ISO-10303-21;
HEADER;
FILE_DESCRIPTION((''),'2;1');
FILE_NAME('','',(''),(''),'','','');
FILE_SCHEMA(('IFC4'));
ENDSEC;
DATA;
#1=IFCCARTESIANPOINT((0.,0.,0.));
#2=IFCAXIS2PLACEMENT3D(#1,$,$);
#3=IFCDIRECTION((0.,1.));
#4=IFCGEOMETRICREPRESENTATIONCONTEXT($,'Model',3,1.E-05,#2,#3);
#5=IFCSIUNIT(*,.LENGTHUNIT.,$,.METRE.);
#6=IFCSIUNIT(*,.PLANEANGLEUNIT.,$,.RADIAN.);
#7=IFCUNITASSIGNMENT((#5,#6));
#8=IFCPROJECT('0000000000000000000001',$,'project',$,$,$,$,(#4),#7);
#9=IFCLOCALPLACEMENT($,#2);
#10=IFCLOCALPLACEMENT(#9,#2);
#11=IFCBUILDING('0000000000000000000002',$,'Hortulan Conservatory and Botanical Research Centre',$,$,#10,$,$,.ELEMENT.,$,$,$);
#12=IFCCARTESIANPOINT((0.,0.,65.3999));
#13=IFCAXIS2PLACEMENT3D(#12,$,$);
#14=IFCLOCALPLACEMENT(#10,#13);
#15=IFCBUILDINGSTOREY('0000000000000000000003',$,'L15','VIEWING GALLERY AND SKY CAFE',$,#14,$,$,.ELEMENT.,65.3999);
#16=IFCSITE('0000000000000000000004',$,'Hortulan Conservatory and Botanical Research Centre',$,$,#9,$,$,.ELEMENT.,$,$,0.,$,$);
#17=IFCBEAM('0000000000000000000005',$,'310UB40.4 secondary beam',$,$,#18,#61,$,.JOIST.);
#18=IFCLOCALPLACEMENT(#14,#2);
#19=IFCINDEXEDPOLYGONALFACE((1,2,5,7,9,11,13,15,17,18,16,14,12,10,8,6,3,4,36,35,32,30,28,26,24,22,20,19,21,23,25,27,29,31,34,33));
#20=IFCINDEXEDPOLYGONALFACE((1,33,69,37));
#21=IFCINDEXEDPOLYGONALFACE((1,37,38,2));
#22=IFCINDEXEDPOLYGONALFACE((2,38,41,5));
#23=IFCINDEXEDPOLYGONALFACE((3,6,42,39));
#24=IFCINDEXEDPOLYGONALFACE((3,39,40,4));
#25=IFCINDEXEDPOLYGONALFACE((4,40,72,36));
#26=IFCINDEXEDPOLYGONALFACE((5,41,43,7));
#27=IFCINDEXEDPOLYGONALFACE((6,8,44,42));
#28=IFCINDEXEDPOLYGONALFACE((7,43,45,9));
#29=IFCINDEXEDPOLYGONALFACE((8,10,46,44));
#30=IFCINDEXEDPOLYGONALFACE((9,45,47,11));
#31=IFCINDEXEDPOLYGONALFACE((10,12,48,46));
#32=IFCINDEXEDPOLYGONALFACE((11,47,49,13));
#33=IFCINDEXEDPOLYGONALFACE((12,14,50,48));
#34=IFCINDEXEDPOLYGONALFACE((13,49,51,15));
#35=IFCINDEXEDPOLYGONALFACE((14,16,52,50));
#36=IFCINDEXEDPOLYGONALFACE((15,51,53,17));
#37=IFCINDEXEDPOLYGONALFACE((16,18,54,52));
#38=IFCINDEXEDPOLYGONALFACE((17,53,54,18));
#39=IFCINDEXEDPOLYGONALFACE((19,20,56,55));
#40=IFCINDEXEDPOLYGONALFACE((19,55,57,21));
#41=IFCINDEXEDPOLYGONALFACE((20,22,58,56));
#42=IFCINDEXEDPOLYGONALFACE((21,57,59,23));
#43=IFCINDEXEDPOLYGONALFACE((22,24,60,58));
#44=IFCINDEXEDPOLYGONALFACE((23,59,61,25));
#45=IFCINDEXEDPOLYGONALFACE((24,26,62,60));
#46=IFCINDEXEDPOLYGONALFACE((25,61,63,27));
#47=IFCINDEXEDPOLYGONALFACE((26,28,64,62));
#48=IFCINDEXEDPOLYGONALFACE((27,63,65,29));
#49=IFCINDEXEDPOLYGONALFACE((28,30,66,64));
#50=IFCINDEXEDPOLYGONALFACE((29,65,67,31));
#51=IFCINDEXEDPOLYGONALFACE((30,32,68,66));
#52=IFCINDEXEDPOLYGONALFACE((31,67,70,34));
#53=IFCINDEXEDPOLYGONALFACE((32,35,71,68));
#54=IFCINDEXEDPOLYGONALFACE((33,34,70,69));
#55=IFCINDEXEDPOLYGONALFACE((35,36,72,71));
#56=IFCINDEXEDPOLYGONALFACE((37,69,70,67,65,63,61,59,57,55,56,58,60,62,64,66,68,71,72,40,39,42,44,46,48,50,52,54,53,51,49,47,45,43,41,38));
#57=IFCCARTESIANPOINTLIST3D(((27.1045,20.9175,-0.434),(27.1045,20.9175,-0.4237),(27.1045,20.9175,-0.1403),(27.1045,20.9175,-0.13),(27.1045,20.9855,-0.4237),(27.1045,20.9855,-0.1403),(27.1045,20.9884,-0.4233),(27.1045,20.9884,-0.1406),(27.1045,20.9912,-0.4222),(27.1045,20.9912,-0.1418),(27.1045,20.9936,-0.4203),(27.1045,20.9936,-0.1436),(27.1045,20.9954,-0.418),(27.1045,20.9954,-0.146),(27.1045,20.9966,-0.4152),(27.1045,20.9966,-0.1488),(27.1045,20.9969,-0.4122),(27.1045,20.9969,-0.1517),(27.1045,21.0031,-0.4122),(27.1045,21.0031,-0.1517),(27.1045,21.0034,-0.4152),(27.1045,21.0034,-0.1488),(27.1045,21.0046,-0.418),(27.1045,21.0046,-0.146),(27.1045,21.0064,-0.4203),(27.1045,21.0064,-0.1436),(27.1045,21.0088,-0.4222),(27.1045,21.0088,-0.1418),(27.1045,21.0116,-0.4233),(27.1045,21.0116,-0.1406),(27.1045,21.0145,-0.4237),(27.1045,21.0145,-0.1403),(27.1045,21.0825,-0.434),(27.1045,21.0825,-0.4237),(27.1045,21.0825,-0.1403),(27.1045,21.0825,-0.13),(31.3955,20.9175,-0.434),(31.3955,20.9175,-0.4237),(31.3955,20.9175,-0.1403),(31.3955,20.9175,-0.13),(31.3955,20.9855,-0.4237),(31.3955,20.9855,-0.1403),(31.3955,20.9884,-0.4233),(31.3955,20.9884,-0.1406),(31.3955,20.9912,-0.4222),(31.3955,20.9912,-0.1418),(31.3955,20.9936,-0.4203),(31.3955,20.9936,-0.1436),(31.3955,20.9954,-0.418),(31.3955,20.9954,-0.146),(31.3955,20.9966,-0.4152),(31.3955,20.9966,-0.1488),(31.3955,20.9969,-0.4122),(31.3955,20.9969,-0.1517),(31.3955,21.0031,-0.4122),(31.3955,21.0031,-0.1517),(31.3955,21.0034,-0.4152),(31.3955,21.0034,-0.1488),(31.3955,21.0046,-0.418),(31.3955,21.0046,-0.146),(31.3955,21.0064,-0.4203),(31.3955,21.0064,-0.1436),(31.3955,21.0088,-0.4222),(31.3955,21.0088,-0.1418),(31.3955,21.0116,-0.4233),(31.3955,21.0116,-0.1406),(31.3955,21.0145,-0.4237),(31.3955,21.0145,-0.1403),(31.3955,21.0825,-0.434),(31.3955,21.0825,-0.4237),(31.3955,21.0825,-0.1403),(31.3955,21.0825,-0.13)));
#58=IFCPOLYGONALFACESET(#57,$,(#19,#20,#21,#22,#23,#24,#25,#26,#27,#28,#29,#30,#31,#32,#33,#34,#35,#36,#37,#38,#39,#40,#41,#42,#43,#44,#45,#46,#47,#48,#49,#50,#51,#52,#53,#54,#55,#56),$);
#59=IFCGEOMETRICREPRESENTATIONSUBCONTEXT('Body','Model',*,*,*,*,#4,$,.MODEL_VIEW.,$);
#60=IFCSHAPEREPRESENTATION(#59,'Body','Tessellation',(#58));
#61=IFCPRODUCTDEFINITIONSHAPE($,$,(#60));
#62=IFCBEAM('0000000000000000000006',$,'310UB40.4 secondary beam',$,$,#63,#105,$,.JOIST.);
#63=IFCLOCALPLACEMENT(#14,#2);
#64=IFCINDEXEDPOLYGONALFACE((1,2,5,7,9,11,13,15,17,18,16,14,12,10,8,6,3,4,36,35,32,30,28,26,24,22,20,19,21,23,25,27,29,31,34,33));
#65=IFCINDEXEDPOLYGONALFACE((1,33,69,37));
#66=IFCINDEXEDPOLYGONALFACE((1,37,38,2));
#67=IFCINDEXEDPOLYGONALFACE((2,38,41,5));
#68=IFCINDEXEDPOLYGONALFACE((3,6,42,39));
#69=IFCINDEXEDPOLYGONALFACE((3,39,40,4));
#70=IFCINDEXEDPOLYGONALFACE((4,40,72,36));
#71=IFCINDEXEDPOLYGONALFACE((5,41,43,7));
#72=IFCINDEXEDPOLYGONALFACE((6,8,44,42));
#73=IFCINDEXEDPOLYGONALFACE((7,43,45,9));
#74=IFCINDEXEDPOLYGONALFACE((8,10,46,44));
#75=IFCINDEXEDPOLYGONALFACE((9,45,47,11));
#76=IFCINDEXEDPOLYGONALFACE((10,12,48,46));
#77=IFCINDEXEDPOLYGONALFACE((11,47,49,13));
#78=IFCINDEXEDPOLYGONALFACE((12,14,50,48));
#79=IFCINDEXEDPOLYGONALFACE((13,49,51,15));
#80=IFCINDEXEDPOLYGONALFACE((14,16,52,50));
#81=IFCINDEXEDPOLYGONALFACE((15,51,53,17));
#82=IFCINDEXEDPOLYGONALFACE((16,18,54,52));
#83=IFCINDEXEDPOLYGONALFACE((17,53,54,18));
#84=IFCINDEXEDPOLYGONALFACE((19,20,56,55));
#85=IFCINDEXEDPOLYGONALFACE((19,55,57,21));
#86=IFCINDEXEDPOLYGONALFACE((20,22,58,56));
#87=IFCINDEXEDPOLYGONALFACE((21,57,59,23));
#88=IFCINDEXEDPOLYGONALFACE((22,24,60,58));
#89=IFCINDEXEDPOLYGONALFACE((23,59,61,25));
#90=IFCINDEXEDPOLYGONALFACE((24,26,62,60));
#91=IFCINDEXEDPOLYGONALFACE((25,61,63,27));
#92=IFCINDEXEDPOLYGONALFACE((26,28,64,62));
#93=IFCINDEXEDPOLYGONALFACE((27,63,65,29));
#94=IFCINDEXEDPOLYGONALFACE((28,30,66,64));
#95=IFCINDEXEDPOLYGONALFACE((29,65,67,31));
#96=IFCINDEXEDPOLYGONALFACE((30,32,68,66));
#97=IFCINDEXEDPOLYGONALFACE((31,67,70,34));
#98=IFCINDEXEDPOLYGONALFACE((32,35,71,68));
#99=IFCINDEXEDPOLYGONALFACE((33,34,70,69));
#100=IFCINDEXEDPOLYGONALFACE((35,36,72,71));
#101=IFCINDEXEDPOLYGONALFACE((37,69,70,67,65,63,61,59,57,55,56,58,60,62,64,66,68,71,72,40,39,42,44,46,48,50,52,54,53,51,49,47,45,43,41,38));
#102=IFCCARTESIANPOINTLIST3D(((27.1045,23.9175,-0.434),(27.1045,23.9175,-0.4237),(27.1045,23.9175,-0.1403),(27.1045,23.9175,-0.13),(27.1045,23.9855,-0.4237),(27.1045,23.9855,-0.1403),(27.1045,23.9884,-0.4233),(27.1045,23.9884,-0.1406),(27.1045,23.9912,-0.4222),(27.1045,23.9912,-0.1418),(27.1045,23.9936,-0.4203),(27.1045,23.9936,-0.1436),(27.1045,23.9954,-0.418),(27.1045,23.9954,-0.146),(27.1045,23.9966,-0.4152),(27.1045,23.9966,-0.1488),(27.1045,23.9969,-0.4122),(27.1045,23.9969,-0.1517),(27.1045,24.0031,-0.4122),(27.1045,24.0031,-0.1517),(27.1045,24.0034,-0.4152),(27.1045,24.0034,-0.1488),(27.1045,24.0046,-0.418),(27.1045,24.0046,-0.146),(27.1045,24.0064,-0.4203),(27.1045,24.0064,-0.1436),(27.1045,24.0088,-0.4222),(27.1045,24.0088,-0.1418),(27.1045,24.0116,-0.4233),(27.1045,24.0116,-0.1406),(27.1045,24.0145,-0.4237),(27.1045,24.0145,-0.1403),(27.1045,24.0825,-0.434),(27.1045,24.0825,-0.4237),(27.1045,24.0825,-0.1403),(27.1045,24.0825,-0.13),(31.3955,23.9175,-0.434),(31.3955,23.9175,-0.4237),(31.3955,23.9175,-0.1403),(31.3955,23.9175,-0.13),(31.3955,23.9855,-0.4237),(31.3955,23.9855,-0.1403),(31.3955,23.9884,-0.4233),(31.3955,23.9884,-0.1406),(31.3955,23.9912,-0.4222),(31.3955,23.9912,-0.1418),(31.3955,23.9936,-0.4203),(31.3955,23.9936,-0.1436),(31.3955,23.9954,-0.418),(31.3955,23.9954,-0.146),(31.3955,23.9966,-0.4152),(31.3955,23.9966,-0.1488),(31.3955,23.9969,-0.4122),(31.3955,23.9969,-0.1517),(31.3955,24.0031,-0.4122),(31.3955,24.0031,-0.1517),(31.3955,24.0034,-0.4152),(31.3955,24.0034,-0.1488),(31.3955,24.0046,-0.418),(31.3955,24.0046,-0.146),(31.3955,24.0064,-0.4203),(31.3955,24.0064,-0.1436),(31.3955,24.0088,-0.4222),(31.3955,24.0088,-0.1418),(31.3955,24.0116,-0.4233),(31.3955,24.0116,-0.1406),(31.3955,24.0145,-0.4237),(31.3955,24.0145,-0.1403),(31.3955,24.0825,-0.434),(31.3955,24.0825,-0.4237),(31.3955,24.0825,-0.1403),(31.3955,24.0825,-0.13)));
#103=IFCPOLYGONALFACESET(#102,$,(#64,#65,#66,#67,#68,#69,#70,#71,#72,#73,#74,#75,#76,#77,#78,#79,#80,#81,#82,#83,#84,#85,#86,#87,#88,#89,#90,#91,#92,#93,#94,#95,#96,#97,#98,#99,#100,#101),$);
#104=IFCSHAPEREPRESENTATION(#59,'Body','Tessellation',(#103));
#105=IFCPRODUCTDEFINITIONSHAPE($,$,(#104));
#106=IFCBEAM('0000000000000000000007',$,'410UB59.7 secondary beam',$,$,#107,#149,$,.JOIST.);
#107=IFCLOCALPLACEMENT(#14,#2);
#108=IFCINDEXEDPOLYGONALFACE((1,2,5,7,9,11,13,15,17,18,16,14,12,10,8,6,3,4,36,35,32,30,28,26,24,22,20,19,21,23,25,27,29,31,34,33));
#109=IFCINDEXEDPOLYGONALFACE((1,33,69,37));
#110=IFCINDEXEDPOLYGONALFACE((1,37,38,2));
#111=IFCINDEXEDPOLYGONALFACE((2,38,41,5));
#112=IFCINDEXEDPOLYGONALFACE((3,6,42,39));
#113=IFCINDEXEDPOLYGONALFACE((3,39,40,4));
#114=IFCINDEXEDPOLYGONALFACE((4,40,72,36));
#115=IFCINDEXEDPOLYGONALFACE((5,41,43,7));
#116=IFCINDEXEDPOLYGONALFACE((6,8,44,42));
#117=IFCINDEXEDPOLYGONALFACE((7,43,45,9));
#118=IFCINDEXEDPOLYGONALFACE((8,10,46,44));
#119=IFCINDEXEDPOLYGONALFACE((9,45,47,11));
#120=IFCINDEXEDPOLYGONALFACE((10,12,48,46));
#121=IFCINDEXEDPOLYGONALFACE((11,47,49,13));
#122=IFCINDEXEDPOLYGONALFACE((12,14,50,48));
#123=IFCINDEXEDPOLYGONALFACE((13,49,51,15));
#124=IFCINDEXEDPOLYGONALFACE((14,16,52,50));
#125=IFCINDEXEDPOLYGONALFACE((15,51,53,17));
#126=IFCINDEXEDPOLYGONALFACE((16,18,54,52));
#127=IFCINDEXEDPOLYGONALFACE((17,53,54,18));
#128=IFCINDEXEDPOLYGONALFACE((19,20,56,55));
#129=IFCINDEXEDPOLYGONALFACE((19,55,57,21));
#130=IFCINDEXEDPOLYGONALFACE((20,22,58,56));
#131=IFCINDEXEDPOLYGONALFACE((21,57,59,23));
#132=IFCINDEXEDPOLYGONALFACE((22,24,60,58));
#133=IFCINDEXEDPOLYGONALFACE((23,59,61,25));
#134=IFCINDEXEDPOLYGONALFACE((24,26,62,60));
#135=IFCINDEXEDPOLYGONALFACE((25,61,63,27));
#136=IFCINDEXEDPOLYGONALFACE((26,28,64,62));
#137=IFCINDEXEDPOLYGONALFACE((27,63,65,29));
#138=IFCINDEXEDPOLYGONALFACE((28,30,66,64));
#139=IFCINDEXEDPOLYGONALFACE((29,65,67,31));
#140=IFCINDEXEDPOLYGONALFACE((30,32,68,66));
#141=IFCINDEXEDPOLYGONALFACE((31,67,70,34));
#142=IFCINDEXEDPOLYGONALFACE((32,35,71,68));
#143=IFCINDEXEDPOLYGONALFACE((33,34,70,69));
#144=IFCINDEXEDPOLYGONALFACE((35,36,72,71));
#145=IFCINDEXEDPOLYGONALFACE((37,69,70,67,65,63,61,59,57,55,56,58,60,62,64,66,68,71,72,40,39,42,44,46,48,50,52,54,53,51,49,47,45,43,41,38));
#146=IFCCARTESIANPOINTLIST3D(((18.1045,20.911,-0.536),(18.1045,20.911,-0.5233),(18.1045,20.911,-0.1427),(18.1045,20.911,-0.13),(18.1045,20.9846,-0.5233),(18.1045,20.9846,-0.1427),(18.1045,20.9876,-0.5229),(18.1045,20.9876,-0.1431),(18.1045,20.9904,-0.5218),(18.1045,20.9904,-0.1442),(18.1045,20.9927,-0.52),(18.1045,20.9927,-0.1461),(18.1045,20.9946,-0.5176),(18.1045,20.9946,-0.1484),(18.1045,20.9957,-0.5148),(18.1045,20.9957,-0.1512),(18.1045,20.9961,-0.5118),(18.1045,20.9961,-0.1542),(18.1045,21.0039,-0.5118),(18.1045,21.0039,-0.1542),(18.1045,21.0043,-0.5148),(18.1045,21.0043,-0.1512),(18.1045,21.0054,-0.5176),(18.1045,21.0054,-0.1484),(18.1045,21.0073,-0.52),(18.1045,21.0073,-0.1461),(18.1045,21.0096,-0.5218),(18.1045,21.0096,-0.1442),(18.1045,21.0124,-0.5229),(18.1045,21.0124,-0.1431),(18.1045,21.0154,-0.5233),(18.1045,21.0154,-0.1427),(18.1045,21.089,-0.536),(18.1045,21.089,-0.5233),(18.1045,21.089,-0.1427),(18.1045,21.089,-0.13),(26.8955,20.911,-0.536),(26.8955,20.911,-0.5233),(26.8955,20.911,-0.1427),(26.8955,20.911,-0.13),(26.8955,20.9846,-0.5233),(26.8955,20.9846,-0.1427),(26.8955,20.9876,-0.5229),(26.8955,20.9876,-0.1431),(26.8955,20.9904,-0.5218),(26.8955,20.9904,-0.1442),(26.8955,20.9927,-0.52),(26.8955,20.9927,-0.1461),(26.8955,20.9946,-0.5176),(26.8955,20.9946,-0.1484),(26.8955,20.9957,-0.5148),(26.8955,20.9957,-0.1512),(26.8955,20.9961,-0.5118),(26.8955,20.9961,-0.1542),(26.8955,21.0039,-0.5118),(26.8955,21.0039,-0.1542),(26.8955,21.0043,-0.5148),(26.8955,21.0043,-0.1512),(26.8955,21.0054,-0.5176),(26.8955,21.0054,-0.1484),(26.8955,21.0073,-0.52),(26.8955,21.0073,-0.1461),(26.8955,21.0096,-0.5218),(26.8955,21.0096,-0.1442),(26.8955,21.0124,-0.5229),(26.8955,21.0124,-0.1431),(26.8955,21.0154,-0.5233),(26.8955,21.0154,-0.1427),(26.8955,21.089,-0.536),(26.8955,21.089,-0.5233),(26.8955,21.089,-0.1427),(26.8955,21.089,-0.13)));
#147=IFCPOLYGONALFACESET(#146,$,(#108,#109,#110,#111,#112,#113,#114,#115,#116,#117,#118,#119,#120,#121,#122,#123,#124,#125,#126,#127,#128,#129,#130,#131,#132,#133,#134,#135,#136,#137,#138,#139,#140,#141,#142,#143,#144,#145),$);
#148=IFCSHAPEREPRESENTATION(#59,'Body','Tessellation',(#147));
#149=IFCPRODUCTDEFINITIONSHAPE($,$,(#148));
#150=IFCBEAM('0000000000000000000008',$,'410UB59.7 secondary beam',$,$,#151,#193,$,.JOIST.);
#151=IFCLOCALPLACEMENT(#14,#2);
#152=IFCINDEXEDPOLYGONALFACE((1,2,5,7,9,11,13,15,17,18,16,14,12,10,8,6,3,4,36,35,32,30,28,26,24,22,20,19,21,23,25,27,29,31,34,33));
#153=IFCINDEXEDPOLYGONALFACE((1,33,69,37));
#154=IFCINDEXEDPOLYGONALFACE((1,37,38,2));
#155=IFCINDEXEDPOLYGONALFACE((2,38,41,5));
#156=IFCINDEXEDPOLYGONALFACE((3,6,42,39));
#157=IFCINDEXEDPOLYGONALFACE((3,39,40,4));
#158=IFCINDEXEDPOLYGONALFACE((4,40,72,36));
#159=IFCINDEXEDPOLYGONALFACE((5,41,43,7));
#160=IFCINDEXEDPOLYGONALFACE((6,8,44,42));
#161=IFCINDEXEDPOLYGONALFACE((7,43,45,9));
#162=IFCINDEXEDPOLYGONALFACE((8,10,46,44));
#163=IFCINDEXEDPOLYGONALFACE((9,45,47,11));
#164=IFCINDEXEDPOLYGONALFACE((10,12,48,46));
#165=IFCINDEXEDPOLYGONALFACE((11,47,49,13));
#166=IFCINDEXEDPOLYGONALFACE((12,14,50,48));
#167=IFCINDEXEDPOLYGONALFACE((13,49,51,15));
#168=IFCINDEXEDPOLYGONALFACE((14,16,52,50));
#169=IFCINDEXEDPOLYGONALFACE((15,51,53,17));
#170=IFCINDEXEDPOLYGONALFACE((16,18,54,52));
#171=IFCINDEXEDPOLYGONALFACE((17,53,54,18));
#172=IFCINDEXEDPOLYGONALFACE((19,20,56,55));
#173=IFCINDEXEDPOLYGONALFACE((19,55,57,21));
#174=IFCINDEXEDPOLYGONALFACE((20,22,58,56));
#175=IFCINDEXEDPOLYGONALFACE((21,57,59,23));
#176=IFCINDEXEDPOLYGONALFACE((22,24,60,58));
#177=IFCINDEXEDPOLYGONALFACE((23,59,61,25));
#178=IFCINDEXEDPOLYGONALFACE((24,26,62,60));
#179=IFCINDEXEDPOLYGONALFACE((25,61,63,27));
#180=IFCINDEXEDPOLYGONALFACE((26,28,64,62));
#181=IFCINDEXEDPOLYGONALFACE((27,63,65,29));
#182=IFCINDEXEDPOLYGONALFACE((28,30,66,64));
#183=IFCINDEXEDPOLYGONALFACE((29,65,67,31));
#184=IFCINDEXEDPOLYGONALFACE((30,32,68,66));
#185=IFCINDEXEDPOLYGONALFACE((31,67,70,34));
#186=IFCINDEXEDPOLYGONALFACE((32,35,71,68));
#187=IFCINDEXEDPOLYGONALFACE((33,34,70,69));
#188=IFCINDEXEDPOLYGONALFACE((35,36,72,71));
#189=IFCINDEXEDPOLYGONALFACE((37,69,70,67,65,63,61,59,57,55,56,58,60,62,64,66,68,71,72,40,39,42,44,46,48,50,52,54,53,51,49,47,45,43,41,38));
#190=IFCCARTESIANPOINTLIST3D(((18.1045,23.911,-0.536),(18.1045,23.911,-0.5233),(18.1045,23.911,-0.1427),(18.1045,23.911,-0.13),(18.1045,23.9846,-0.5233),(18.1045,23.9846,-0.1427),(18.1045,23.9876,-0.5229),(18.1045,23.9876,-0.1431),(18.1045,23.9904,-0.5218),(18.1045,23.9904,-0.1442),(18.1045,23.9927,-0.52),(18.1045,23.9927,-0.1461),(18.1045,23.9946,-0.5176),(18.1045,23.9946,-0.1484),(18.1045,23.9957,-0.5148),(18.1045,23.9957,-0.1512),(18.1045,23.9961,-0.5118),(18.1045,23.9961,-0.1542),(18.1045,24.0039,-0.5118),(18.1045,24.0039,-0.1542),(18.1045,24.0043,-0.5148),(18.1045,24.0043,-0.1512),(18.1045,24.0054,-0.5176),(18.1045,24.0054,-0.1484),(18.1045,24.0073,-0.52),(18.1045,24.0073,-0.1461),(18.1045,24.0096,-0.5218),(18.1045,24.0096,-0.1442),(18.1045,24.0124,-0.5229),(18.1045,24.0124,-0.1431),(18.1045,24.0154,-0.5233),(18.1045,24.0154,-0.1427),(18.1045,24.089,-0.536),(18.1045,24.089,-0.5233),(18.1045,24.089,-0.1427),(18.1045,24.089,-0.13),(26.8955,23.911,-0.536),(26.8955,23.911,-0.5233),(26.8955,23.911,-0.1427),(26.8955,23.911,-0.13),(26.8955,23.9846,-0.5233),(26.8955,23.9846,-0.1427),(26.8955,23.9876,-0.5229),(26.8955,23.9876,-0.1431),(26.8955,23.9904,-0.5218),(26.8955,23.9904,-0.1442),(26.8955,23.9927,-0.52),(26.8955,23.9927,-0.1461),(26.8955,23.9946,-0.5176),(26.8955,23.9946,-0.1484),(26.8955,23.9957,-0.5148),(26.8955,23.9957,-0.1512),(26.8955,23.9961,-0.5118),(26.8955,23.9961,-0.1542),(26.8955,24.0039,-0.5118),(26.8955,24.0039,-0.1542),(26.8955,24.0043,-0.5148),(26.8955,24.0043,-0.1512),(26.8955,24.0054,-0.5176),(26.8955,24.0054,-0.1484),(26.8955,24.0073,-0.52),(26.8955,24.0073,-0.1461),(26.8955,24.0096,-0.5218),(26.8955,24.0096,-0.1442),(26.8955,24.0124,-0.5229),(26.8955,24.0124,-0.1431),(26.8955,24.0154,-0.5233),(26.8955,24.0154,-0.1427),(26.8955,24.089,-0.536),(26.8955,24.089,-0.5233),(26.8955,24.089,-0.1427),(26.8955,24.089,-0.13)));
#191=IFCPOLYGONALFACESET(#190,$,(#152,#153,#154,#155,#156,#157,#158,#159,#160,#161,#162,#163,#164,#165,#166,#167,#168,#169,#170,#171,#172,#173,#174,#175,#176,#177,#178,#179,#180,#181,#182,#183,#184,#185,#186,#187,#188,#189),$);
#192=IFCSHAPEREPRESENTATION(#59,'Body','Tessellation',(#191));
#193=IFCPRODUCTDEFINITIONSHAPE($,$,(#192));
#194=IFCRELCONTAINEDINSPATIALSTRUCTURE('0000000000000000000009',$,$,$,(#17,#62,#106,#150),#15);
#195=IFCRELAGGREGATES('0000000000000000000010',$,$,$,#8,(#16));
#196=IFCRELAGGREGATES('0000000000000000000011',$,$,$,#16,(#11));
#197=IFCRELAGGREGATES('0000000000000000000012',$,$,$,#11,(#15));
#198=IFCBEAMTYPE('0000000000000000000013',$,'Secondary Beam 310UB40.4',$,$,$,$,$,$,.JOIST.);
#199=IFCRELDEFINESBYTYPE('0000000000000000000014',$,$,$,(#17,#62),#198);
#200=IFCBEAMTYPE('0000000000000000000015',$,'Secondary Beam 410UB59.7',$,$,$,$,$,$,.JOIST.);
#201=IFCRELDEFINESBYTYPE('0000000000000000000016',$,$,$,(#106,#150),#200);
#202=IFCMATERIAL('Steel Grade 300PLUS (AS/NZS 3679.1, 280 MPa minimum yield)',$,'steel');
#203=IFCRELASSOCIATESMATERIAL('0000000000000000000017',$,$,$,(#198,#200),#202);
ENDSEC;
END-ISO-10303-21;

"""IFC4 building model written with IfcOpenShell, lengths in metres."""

from ifc_helpers import new_model, si_unit, direction, frame, origin, origin_2d, place, context, subcontext, project, spatial, i_section, extrude, material, material_profile, profile_set, type_object, element, save


model = new_model("IFC4")

# Units and contexts
model_context = context("Model", 3, precision=1e-05, world=origin(), true_north=direction((0.0, 1.0)))
body_context = subcontext(model_context, "Body", "Model", "MODEL_VIEW")
ifc_project = project(units=[si_unit("LENGTHUNIT", "METRE"), si_unit("PLANEANGLEUNIT", "RADIAN")], contexts=[model_context])

# Site, building, storey
site_placement = place(None, origin())
site = spatial("IfcSite", under=ifc_project, at=site_placement, Name="Hortulan Conservatory and Botanical Research Centre", CompositionType="ELEMENT", RefElevation=0.0)
building_placement = place(site_placement, origin())
building = spatial("IfcBuilding", under=site, at=building_placement, Name="Hortulan Conservatory and Botanical Research Centre", CompositionType="ELEMENT")
storey_placement = place(building_placement, frame((0.0, 0.0, 65.3999)))
storey = spatial("IfcBuildingStorey", under=building, at=storey_placement, Name="L15", Description="VIEWING GALLERY AND SKY CAFE", CompositionType="ELEMENT", Elevation=65.3999)

# Shared definitions
ifc_material_1 = material(Name="Steel Grade 300PLUS (AS/NZS 3679.1, 280 MPa minimum yield)", Category="steel")

# Beams
ifc_material_profile_1 = material_profile(ifc_material_1, i_section(OverallWidth=0.165, OverallDepth=0.304, WebThickness=0.0061, FlangeThickness=0.0103, FilletRadius=0.0115, at=origin_2d()), Name="310UB40.4")
ifc_profile_set_1 = profile_set([ifc_material_profile_1], Name="Steel Grade 300PLUS (AS/NZS 3679.1, 280 MPa minimum yield)")
beam_type_1 = type_object("IfcBeamType", Name="Secondary Beam 310UB40.4", PredefinedType="JOIST", material=ifc_profile_set_1)
for number, where, z_axis, x_axis, name in (
    (1, (27.1045, 21.0, -0.282), (1.0, 0.0, 0.0), (0.0, 1.0, 0.0), "310UB40.4 secondary beam"),
    (2, (27.1045, 24.0, -0.282), (1.0, 0.0, 0.0), (0.0, 1.0, 0.0), "310UB40.4 secondary beam"),
):
    element("IfcBeam", number, at=place(storey_placement, frame(where, z_axis=z_axis, x_axis=x_axis)), inside=storey, type_object=beam_type_1, Name=name, PredefinedType="JOIST", context=body_context, shape_type="SweptSolid", body=[
        extrude(i_section(OverallWidth=0.165, OverallDepth=0.304, WebThickness=0.0061, FlangeThickness=0.0103, FilletRadius=0.0115, at=origin_2d()), origin(), (0.0, 0.0, 1.0), 4.291),
    ])
ifc_material_profile_2 = material_profile(ifc_material_1, i_section(OverallWidth=0.178, OverallDepth=0.406, WebThickness=0.0078, FlangeThickness=0.0127, FilletRadius=0.0115, at=origin_2d()), Name="410UB59.7")
ifc_profile_set_2 = profile_set([ifc_material_profile_2], Name="Steel Grade 300PLUS (AS/NZS 3679.1, 280 MPa minimum yield)")
beam_type_2 = type_object("IfcBeamType", Name="Secondary Beam 410UB59.7", PredefinedType="JOIST", material=ifc_profile_set_2)
for number, where, z_axis, x_axis, name in (
    (3, (18.1045, 21.0, -0.333), (1.0, 0.0, 0.0), (0.0, 1.0, 0.0), "410UB59.7 secondary beam"),
    (4, (18.1045, 24.0, -0.333), (1.0, 0.0, 0.0), (0.0, 1.0, 0.0), "410UB59.7 secondary beam"),
):
    element("IfcBeam", number, at=place(storey_placement, frame(where, z_axis=z_axis, x_axis=x_axis)), inside=storey, type_object=beam_type_2, Name=name, PredefinedType="JOIST", context=body_context, shape_type="SweptSolid", body=[
        extrude(i_section(OverallWidth=0.178, OverallDepth=0.406, WebThickness=0.0078, FlangeThickness=0.0127, FilletRadius=0.0115, at=origin_2d()), origin(), (0.0, 0.0, 1.0), 8.791),
    ])

save(model, "model.ifc")
